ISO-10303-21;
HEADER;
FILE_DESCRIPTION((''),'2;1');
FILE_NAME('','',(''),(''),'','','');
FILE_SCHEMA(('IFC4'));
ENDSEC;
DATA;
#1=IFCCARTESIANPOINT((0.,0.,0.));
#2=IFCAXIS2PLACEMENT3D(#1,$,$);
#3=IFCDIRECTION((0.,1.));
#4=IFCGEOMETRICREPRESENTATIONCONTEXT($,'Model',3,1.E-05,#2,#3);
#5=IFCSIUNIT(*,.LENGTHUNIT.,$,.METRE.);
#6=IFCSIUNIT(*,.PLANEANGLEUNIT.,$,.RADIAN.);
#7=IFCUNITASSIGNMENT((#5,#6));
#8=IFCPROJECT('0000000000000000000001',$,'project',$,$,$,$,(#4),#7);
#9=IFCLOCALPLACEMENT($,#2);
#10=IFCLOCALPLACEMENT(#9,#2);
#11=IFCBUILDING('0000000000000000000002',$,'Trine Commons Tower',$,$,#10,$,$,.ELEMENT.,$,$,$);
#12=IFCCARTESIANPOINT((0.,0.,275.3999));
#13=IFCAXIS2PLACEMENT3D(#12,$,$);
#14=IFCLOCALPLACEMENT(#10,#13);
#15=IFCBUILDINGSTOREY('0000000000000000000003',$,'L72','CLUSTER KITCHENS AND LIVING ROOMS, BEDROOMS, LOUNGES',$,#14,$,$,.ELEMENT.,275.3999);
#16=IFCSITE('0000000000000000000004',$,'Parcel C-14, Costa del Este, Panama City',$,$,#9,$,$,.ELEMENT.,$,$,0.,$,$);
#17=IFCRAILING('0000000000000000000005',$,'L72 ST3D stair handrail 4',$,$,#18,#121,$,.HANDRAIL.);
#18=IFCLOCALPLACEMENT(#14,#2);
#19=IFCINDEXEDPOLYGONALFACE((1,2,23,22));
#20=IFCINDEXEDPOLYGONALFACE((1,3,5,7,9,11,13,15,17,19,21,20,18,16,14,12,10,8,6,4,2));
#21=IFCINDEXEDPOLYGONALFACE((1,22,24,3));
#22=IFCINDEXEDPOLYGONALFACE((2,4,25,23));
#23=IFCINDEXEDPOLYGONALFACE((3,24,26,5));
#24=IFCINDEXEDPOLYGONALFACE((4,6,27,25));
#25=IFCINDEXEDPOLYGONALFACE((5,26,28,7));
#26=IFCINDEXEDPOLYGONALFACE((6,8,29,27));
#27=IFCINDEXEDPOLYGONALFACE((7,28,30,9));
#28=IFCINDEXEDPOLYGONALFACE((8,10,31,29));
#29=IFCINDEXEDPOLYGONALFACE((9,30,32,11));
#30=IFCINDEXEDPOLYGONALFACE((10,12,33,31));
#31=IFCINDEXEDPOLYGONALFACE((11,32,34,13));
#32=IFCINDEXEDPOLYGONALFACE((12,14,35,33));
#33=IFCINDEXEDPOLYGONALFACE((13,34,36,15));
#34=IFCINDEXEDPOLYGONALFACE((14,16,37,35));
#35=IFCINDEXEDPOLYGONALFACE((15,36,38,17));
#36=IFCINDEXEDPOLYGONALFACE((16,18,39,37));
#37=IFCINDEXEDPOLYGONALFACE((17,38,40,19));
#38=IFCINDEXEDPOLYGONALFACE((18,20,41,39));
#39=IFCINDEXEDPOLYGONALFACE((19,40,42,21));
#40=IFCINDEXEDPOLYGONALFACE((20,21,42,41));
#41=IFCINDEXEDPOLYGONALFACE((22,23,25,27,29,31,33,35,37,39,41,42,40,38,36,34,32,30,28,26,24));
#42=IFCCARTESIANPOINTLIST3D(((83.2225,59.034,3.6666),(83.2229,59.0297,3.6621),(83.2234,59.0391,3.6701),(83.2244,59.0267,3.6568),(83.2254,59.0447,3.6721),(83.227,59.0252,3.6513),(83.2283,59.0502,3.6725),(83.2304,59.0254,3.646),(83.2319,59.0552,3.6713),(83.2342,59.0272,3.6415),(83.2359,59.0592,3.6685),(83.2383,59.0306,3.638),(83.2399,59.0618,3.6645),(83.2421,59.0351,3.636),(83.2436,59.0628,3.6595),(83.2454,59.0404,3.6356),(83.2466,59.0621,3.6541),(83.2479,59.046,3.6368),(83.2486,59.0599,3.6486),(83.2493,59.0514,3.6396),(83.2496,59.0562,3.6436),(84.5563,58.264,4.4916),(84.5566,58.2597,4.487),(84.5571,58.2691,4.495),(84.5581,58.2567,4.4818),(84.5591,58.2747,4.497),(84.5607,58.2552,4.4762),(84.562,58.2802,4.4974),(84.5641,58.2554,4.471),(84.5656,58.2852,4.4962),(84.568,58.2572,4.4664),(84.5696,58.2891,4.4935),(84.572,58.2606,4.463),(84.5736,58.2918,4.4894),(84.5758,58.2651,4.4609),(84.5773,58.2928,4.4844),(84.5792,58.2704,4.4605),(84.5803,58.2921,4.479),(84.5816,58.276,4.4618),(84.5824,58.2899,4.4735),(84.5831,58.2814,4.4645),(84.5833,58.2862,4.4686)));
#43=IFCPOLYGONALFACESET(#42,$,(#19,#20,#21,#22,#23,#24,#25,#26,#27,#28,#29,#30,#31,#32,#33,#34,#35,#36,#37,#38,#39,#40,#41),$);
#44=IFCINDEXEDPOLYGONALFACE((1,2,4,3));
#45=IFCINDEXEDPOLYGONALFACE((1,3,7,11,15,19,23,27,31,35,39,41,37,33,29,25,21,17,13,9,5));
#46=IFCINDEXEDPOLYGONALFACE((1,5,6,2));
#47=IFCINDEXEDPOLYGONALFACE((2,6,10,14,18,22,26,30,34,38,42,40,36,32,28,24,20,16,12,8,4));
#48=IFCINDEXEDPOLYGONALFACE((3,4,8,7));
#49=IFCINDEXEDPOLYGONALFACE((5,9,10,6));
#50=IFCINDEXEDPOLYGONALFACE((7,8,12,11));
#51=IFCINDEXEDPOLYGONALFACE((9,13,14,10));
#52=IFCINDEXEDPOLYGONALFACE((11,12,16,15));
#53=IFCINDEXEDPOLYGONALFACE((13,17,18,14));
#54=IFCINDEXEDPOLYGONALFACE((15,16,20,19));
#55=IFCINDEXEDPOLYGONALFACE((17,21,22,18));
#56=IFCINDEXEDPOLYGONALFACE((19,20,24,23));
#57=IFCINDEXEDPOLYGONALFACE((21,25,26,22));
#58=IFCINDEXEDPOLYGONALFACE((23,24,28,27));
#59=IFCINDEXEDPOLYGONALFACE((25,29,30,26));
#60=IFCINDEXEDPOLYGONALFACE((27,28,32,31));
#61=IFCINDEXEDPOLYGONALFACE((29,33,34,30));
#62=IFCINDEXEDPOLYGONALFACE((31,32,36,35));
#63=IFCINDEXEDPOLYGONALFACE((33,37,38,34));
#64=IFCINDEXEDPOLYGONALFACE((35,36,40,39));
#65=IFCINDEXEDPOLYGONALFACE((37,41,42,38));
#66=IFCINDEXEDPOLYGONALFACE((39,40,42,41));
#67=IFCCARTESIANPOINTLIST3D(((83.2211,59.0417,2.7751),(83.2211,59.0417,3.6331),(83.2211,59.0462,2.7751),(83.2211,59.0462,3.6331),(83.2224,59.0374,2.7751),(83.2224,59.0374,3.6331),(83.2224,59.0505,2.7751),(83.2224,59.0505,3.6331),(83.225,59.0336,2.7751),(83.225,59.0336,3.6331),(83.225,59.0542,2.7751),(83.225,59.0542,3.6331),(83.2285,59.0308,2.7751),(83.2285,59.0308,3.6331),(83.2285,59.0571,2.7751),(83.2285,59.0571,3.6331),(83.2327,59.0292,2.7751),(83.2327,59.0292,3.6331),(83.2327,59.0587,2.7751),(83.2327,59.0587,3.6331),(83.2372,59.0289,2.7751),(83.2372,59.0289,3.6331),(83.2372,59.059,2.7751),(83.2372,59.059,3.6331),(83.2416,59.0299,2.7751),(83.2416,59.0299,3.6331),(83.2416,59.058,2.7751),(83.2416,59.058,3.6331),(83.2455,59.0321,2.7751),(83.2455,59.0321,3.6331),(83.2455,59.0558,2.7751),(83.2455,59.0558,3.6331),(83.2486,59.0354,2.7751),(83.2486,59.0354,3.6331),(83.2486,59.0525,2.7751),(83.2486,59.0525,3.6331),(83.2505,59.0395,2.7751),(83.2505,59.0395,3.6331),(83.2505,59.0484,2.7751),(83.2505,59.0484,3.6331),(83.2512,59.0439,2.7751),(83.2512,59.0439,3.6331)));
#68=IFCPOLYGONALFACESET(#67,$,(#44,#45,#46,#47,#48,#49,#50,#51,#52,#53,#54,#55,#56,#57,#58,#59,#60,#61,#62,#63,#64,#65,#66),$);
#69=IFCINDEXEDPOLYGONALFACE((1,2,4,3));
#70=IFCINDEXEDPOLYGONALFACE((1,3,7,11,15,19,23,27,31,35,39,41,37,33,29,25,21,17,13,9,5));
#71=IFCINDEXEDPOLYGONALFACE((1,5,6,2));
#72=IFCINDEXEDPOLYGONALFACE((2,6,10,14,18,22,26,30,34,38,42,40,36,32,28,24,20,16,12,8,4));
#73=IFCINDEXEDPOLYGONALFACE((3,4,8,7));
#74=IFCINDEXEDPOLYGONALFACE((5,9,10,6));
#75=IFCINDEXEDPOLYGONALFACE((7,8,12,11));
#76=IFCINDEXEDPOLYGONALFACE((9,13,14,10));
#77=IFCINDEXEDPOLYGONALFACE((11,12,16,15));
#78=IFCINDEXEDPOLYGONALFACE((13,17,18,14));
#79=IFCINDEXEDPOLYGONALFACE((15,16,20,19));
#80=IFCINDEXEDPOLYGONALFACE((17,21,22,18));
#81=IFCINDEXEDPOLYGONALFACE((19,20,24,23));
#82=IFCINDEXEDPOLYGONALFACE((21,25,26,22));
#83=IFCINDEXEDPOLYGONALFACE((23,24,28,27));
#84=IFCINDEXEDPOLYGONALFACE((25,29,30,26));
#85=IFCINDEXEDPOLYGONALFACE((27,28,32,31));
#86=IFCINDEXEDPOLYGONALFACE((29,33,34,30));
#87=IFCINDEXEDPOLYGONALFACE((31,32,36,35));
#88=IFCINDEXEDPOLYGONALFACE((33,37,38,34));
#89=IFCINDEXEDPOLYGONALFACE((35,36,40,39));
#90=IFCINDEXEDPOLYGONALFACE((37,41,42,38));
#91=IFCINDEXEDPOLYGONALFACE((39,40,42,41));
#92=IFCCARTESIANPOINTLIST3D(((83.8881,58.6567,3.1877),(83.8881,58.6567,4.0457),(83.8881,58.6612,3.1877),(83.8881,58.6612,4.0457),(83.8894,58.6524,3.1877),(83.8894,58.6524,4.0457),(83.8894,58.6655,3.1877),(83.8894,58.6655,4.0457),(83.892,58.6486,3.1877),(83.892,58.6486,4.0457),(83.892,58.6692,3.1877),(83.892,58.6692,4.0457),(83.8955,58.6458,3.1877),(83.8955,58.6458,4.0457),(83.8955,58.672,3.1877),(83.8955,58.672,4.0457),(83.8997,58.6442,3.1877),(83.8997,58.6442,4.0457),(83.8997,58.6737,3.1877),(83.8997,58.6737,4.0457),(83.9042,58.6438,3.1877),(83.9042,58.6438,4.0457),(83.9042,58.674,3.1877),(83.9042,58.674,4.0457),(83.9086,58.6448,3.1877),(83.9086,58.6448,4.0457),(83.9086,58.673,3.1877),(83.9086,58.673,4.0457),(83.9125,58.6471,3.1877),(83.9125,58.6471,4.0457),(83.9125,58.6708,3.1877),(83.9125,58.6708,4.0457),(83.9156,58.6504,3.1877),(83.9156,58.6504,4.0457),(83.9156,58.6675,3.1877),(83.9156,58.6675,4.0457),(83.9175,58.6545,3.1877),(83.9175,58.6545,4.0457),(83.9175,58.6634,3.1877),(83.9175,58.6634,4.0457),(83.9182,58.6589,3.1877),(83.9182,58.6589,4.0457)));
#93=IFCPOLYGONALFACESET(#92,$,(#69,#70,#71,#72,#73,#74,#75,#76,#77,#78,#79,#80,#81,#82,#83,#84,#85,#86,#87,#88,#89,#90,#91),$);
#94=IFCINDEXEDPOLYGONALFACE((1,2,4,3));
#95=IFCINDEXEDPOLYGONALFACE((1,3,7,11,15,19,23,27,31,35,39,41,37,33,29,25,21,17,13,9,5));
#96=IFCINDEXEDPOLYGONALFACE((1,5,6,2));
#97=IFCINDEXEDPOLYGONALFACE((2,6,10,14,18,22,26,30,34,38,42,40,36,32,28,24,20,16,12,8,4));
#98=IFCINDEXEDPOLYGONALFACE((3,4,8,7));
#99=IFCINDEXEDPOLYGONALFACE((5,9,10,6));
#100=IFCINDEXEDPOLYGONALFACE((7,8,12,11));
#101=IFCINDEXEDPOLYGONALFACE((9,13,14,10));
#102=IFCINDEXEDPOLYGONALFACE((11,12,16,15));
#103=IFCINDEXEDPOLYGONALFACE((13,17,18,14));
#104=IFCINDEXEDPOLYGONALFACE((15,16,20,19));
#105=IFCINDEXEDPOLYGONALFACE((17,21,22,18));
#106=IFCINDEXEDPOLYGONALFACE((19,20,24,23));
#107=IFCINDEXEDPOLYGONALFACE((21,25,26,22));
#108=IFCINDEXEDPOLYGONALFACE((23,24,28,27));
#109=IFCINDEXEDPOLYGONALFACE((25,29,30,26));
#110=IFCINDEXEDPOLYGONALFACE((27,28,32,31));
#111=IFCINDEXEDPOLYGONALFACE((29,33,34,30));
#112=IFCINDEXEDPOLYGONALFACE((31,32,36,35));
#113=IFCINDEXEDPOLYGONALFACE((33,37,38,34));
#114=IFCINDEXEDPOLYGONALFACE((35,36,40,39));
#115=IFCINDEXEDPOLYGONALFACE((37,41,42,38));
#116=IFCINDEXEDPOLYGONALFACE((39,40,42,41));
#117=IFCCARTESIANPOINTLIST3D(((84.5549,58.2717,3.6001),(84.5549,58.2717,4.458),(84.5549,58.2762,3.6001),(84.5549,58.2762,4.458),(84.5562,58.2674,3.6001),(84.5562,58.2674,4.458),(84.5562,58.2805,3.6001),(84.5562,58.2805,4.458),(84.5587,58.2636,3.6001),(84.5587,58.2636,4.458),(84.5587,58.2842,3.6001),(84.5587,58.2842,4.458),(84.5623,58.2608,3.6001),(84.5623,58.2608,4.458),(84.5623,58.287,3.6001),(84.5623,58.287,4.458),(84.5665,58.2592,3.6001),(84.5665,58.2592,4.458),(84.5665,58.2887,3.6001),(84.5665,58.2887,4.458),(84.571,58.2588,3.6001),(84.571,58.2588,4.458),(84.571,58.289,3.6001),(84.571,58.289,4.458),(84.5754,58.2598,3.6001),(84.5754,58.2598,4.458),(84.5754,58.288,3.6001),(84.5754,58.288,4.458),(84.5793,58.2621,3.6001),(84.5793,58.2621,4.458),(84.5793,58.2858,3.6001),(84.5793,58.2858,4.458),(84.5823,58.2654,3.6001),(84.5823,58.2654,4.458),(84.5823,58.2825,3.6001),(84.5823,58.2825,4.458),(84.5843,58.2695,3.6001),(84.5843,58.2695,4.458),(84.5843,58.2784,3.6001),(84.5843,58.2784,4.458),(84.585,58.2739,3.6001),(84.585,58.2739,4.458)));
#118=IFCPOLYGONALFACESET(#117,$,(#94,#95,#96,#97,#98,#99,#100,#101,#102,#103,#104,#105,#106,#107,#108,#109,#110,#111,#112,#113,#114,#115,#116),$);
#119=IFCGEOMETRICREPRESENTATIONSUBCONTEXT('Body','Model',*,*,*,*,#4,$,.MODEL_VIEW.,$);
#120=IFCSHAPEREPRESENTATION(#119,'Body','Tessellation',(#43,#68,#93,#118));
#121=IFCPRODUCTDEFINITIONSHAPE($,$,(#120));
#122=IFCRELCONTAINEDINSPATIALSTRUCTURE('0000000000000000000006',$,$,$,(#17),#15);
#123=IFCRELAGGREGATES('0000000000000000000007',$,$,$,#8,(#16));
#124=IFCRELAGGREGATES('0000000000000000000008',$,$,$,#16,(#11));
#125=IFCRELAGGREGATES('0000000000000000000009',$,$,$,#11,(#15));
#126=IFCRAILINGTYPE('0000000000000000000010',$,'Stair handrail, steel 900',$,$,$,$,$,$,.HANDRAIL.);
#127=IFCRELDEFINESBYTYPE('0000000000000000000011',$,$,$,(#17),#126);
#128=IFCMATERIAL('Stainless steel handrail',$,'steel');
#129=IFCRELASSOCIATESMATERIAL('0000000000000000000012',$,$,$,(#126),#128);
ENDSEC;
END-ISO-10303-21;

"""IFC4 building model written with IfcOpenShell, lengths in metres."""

from ifc_helpers import new_model, si_unit, direction, frame, origin, origin_2d, place, context, subcontext, project, spatial, circle, extrude, material, type_object, element, save


model = new_model("IFC4")

# Units and contexts
model_context = context("Model", 3, precision=1e-05, world=origin(), true_north=direction((0.0, 1.0)))
body_context = subcontext(model_context, "Body", "Model", "MODEL_VIEW")
ifc_project = project(units=[si_unit("LENGTHUNIT", "METRE"), si_unit("PLANEANGLEUNIT", "RADIAN")], contexts=[model_context])

# Site, building, storey
site_placement = place(None, origin())
site = spatial("IfcSite", under=ifc_project, at=site_placement, Name="Parcel C-14, Costa del Este, Panama City", CompositionType="ELEMENT", RefElevation=0.0)
building_placement = place(site_placement, origin())
building = spatial("IfcBuilding", under=site, at=building_placement, Name="Trine Commons Tower", CompositionType="ELEMENT")
storey_placement = place(building_placement, frame((0.0, 0.0, 275.3999)))
storey = spatial("IfcBuildingStorey", under=building, at=storey_placement, Name="L72", Description="CLUSTER KITCHENS AND LIVING ROOMS, BEDROOMS, LOUNGES", CompositionType="ELEMENT", Elevation=275.3999)

# Railing
ifc_material_1 = material(Name="Stainless steel handrail", Category="steel")
railing_type_1 = type_object("IfcRailingType", Name="Stair handrail, steel 900", PredefinedType="HANDRAIL", material=ifc_material_1)
for number, where, name in (
    (1, (83.2361, 59.0439, 2.7751), "L72 ST3D stair handrail 4"),
):
    element("IfcRailing", number, at=place(storey_placement, frame(where)), inside=storey, type_object=railing_type_1, Name=name, PredefinedType="HANDRAIL", context=body_context, shape_type="SweptSolid", body=[
        extrude(circle(Radius=0.021, at=origin_2d()), frame((0.0, 0.0, 0.8789), z_axis=(0.763405, -0.440743, 0.472185), x_axis=(0.499992, 0.86603, 0.0)), (0.0, 0.0, 1.0), 1.7471),
        extrude(circle(Radius=0.0151, at=origin_2d()), origin(), (0.0, 0.0, 1.0), 0.8579),
        extrude(circle(Radius=0.0151, at=origin_2d()), frame((0.667, -0.385, 0.4126)), (0.0, 0.0, 1.0), 0.8579),
        extrude(circle(Radius=0.0151, at=origin_2d()), frame((1.3337, -0.77, 0.825)), (0.0, 0.0, 1.0), 0.8579),
    ])

save(model, "model.ifc")
